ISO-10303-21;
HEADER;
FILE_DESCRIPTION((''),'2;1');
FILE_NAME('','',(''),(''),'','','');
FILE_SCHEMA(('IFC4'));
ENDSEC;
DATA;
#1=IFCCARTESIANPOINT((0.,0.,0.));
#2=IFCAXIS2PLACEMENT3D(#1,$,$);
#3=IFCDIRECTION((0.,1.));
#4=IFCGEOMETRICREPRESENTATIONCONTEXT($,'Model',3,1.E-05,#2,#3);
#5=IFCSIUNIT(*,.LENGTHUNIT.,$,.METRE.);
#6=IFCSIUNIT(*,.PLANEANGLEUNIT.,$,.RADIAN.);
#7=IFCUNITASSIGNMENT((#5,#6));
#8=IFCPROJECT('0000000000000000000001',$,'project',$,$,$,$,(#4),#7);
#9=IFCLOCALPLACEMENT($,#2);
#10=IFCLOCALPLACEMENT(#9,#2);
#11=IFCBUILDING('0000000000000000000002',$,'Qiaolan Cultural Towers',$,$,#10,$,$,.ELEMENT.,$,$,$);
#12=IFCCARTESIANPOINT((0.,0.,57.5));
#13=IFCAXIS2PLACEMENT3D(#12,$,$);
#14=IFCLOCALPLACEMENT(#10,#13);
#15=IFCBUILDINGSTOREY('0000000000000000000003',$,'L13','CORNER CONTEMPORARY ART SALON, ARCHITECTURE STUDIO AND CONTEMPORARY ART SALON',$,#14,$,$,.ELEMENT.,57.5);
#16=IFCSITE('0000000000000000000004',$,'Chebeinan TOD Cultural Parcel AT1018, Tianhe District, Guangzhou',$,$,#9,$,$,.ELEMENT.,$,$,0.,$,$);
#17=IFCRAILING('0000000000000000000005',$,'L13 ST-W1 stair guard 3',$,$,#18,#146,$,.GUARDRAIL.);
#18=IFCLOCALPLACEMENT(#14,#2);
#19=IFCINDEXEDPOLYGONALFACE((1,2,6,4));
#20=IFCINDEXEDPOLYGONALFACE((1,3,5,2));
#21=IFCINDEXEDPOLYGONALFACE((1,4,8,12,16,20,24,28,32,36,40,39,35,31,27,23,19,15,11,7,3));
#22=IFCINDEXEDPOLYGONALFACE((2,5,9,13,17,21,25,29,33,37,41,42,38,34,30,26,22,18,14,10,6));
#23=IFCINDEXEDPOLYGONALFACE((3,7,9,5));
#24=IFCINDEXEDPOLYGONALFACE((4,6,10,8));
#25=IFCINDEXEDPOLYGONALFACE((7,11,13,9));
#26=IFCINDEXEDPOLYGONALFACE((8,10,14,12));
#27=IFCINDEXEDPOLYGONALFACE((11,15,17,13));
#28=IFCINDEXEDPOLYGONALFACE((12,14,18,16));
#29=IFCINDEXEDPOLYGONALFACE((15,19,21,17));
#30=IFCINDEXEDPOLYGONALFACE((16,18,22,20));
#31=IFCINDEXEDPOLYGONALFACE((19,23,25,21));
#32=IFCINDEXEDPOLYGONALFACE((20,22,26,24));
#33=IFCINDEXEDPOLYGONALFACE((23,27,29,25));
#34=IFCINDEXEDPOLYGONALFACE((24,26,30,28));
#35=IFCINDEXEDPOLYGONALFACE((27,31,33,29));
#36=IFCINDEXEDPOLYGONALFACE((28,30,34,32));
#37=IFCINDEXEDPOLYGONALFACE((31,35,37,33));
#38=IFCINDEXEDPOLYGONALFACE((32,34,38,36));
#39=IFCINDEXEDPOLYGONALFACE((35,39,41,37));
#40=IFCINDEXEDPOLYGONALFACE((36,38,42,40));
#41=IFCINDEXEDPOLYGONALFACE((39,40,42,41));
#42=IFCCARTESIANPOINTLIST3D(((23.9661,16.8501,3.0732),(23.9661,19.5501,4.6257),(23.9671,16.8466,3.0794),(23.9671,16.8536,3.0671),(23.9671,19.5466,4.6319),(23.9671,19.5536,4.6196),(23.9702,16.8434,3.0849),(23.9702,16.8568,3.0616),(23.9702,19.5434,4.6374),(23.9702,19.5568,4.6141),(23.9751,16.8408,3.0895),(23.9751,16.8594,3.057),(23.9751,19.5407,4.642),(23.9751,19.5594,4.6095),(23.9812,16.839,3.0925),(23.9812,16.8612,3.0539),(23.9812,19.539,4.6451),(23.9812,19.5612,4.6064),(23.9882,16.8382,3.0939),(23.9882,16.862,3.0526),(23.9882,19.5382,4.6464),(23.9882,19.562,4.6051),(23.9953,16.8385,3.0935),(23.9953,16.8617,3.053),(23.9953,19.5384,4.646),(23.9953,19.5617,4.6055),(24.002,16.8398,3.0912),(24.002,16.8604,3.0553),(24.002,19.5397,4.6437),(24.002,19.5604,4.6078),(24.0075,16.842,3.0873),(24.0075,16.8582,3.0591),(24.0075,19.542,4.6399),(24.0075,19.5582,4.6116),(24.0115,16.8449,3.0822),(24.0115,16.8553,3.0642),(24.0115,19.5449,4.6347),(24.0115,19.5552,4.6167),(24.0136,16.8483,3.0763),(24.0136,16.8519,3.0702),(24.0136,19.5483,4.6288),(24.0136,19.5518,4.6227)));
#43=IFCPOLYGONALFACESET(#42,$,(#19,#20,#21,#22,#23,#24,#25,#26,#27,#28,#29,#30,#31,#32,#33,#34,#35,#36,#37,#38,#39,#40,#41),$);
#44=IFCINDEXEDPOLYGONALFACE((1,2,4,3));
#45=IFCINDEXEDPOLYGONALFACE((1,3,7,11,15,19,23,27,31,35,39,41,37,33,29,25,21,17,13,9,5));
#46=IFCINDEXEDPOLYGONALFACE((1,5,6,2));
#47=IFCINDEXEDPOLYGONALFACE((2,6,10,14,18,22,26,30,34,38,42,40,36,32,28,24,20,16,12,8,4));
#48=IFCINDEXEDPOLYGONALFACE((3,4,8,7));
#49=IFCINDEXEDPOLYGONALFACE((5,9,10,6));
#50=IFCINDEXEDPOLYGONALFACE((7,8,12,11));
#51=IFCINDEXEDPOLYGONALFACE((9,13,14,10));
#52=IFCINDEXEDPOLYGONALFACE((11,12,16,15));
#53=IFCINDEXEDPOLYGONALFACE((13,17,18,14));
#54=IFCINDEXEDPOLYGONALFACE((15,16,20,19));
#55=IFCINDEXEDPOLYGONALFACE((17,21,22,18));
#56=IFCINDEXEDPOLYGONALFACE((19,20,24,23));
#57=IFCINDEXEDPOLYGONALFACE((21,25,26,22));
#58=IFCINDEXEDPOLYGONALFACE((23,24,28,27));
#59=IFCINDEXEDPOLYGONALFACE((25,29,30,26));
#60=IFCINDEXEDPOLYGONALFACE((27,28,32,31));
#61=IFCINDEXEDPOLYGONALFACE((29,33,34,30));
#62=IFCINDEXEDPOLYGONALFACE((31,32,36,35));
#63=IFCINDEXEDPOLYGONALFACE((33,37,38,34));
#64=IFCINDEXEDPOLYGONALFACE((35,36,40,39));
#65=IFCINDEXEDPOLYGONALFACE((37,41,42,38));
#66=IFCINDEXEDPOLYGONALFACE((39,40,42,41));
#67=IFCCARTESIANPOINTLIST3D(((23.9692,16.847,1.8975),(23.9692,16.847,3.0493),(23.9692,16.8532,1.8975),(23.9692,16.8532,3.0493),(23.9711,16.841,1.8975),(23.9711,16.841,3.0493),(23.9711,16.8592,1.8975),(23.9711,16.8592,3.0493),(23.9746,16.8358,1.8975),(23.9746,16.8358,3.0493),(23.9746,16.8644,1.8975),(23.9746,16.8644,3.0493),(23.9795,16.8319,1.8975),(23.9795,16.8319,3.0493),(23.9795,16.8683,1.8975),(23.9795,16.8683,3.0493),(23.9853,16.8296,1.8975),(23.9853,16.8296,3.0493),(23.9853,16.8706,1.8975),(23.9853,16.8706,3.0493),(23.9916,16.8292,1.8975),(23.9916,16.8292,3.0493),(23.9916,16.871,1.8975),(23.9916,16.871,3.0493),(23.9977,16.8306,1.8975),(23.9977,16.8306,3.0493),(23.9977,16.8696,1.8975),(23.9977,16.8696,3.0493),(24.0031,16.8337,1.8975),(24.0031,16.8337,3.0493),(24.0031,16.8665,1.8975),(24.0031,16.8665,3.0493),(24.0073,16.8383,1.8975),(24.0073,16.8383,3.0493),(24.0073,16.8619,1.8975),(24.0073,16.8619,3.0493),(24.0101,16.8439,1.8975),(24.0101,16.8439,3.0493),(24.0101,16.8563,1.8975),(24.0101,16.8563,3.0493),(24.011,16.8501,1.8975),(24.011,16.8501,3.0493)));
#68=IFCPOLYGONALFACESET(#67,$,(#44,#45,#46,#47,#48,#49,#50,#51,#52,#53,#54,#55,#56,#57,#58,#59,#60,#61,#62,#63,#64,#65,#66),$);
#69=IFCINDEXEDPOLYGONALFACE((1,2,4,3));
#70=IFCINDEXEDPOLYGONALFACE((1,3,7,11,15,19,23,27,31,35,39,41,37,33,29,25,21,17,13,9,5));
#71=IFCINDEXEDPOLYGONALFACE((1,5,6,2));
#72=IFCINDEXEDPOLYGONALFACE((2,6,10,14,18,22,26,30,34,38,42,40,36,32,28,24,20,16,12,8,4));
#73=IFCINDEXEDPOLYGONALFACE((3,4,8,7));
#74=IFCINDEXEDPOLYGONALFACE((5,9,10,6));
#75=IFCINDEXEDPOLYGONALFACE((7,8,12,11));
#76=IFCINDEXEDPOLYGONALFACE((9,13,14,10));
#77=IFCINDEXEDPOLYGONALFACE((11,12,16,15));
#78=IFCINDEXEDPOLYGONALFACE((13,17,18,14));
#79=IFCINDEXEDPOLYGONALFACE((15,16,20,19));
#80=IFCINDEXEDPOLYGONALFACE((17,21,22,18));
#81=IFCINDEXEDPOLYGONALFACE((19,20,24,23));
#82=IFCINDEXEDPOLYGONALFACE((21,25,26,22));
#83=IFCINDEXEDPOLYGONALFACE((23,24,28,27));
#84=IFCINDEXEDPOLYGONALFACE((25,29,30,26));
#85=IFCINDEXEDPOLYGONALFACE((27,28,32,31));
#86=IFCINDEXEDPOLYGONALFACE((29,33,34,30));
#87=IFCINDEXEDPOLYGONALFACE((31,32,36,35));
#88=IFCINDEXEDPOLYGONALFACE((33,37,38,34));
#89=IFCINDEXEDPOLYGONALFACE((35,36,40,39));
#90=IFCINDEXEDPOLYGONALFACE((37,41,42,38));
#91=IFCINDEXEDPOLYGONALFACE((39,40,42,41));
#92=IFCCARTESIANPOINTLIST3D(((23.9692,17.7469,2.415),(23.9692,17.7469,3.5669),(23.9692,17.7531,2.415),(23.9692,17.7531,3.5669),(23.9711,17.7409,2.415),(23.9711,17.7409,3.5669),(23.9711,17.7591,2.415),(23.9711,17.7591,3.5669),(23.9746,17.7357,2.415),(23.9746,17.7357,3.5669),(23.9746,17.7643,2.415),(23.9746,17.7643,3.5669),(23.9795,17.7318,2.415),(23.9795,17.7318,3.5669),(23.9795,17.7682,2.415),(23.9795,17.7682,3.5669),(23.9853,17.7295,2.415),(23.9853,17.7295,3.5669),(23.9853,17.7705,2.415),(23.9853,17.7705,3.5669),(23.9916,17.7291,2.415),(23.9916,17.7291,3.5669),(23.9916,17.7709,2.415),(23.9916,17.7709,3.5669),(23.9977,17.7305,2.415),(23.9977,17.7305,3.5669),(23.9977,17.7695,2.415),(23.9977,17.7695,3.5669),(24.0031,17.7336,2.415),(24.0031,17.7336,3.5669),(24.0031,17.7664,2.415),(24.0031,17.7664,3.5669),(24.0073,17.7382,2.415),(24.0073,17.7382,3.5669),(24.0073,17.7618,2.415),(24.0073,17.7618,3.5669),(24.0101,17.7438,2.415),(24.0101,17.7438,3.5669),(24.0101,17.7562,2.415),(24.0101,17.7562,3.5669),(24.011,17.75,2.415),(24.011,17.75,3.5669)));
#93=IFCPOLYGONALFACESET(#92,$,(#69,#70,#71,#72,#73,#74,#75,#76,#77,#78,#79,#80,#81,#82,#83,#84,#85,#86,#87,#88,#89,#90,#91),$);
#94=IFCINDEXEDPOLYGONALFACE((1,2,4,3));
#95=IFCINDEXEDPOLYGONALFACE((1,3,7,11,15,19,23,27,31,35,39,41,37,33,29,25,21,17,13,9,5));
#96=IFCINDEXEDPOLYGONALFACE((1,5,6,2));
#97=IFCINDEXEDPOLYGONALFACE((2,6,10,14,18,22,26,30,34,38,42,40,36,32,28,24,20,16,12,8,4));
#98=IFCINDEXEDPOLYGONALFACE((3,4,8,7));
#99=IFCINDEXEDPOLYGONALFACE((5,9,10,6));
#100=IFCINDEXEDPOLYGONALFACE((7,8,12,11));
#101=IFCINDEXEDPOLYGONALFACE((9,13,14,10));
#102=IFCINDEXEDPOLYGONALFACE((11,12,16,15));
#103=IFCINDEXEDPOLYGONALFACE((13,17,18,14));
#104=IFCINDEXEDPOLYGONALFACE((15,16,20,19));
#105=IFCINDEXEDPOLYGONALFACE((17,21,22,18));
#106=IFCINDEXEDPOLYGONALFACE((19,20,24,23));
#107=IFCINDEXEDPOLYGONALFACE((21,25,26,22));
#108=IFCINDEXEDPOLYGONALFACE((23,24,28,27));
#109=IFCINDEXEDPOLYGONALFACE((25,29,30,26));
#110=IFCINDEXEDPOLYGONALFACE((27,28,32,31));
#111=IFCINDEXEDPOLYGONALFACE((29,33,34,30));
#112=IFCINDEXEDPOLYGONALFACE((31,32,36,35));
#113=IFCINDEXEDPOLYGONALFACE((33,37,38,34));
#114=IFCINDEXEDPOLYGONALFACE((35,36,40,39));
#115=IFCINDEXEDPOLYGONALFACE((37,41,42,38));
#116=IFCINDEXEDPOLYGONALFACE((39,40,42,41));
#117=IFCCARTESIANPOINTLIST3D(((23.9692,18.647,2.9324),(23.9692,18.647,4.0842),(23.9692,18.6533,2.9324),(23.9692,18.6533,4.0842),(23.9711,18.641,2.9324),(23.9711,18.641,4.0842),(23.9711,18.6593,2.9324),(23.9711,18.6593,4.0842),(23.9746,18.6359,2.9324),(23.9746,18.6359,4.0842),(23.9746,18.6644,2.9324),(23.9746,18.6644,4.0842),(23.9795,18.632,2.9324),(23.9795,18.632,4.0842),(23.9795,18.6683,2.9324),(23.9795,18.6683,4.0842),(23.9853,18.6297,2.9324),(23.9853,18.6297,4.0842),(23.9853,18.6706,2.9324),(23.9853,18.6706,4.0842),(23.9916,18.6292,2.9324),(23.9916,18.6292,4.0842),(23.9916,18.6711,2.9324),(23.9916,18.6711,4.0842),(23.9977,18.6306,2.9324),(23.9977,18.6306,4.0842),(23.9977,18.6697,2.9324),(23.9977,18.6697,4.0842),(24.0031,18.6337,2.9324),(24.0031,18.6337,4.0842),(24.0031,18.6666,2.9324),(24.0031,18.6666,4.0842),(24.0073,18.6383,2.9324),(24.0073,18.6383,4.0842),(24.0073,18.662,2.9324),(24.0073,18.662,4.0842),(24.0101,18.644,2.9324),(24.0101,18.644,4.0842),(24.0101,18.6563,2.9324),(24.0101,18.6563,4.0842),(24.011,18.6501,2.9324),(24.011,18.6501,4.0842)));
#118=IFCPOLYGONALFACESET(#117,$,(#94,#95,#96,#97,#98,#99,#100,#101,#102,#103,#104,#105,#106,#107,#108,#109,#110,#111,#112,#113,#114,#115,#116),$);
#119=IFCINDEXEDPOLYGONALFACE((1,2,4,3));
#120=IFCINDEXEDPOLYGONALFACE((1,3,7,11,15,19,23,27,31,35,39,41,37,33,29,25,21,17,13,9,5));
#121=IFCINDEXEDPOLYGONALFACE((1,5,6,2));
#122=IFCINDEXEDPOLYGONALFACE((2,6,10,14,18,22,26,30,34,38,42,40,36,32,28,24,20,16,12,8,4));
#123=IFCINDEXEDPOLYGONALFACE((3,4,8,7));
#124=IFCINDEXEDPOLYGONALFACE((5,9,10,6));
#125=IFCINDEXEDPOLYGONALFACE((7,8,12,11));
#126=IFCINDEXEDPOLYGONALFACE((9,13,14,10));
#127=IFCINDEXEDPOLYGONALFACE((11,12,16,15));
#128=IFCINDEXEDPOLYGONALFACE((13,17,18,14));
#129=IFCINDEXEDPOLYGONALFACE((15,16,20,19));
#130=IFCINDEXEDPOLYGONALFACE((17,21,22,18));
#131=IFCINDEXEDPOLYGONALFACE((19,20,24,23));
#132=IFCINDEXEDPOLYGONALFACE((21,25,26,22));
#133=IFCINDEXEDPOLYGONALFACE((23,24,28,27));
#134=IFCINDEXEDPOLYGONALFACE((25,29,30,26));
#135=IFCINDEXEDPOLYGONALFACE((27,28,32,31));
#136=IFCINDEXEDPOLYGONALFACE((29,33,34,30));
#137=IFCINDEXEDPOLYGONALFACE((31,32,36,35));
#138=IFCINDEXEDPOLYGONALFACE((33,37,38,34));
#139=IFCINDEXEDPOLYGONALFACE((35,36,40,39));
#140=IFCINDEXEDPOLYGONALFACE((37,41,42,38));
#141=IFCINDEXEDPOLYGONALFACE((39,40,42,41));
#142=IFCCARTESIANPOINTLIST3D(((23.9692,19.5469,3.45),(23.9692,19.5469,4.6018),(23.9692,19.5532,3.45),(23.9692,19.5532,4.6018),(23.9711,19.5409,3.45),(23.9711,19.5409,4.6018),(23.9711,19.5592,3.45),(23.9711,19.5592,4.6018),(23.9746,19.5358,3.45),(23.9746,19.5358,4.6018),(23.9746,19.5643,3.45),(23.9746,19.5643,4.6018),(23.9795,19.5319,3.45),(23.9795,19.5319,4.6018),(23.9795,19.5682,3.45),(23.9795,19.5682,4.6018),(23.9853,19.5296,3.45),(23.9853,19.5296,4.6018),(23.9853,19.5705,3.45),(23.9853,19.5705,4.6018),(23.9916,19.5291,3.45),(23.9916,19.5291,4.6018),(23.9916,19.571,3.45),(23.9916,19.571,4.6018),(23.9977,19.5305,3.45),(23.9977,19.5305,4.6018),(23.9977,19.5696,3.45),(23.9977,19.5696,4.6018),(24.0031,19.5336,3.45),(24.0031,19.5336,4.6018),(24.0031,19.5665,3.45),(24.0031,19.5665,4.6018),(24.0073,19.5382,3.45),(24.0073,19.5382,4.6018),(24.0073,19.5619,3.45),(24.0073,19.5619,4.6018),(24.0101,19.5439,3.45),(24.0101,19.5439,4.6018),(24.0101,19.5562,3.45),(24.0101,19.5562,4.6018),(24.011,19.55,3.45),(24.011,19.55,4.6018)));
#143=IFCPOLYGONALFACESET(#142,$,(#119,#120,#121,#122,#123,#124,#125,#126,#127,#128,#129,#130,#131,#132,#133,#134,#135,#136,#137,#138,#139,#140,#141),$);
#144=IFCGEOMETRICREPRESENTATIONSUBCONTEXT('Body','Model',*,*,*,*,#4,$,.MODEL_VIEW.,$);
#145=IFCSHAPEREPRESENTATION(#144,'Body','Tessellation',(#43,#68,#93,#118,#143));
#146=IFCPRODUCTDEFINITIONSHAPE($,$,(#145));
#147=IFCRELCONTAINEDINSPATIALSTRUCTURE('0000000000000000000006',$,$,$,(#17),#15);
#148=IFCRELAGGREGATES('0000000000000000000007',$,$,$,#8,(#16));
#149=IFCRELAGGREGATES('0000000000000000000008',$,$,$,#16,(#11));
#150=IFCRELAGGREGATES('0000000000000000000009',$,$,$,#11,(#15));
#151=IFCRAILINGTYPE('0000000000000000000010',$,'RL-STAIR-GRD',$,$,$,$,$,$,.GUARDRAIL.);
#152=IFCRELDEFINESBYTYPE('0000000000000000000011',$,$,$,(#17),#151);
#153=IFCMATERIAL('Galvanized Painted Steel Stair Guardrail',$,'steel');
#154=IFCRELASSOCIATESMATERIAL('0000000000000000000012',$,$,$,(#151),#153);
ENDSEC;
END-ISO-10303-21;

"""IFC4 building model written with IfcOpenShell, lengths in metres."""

from ifc_helpers import new_model, si_unit, direction, frame, origin, origin_2d, place, context, subcontext, project, spatial, circle, extrude, material, type_object, element, save


model = new_model("IFC4")

# Units and contexts
model_context = context("Model", 3, precision=1e-05, world=origin(), true_north=direction((0.0, 1.0)))
body_context = subcontext(model_context, "Body", "Model", "MODEL_VIEW")
ifc_project = project(units=[si_unit("LENGTHUNIT", "METRE"), si_unit("PLANEANGLEUNIT", "RADIAN")], contexts=[model_context])

# Site, building, storey
site_placement = place(None, origin())
site = spatial("IfcSite", under=ifc_project, at=site_placement, Name="Chebeinan TOD Cultural Parcel AT1018, Tianhe District, Guangzhou", CompositionType="ELEMENT", RefElevation=0.0)
building_placement = place(site_placement, origin())
building = spatial("IfcBuilding", under=site, at=building_placement, Name="Qiaolan Cultural Towers", CompositionType="ELEMENT")
storey_placement = place(building_placement, frame((0.0, 0.0, 57.5)))
storey = spatial("IfcBuildingStorey", under=building, at=storey_placement, Name="L13", Description="CORNER CONTEMPORARY ART SALON, ARCHITECTURE STUDIO AND CONTEMPORARY ART SALON", CompositionType="ELEMENT", Elevation=57.5)

# Railing
ifc_material_1 = material(Name="Galvanized Painted Steel Stair Guardrail", Category="steel")
railing_type = type_object("IfcRailingType", Name="RL-STAIR-GRD", PredefinedType="GUARDRAIL", material=ifc_material_1)
railing_1_placement = place(storey_placement, frame((23.99, 16.8501, 1.8975)))
element("IfcRailing", 1, at=railing_1_placement, inside=storey, type_object=railing_type, Name="L13 ST-W1 stair guard 3", PredefinedType="GUARDRAIL", context=body_context, shape_type="SweptSolid", body=[
    extrude(circle(Radius=0.0239, at=origin_2d()), frame((0.0, 0.0, 1.1758), z_axis=(0.0, 0.866904, 0.498476), x_axis=(-1.0, 0.0, 0.0)), (0.0, 0.0, 1.0), 3.1145),
    extrude(circle(Radius=0.021, at=origin_2d()), origin(), (0.0, 0.0, 1.0), 1.1519),
    extrude(circle(Radius=0.021, at=origin_2d()), frame((0.0, 0.8999, 0.5176)), (0.0, 0.0, 1.0), 1.1519),
    extrude(circle(Radius=0.021, at=origin_2d()), frame((0.0, 1.8, 1.0349)), (0.0, 0.0, 1.0), 1.1519),
    extrude(circle(Radius=0.021, at=origin_2d()), frame((0.0, 2.7, 1.5525)), (0.0, 0.0, 1.0), 1.1519),
])

save(model, "model.ifc")
